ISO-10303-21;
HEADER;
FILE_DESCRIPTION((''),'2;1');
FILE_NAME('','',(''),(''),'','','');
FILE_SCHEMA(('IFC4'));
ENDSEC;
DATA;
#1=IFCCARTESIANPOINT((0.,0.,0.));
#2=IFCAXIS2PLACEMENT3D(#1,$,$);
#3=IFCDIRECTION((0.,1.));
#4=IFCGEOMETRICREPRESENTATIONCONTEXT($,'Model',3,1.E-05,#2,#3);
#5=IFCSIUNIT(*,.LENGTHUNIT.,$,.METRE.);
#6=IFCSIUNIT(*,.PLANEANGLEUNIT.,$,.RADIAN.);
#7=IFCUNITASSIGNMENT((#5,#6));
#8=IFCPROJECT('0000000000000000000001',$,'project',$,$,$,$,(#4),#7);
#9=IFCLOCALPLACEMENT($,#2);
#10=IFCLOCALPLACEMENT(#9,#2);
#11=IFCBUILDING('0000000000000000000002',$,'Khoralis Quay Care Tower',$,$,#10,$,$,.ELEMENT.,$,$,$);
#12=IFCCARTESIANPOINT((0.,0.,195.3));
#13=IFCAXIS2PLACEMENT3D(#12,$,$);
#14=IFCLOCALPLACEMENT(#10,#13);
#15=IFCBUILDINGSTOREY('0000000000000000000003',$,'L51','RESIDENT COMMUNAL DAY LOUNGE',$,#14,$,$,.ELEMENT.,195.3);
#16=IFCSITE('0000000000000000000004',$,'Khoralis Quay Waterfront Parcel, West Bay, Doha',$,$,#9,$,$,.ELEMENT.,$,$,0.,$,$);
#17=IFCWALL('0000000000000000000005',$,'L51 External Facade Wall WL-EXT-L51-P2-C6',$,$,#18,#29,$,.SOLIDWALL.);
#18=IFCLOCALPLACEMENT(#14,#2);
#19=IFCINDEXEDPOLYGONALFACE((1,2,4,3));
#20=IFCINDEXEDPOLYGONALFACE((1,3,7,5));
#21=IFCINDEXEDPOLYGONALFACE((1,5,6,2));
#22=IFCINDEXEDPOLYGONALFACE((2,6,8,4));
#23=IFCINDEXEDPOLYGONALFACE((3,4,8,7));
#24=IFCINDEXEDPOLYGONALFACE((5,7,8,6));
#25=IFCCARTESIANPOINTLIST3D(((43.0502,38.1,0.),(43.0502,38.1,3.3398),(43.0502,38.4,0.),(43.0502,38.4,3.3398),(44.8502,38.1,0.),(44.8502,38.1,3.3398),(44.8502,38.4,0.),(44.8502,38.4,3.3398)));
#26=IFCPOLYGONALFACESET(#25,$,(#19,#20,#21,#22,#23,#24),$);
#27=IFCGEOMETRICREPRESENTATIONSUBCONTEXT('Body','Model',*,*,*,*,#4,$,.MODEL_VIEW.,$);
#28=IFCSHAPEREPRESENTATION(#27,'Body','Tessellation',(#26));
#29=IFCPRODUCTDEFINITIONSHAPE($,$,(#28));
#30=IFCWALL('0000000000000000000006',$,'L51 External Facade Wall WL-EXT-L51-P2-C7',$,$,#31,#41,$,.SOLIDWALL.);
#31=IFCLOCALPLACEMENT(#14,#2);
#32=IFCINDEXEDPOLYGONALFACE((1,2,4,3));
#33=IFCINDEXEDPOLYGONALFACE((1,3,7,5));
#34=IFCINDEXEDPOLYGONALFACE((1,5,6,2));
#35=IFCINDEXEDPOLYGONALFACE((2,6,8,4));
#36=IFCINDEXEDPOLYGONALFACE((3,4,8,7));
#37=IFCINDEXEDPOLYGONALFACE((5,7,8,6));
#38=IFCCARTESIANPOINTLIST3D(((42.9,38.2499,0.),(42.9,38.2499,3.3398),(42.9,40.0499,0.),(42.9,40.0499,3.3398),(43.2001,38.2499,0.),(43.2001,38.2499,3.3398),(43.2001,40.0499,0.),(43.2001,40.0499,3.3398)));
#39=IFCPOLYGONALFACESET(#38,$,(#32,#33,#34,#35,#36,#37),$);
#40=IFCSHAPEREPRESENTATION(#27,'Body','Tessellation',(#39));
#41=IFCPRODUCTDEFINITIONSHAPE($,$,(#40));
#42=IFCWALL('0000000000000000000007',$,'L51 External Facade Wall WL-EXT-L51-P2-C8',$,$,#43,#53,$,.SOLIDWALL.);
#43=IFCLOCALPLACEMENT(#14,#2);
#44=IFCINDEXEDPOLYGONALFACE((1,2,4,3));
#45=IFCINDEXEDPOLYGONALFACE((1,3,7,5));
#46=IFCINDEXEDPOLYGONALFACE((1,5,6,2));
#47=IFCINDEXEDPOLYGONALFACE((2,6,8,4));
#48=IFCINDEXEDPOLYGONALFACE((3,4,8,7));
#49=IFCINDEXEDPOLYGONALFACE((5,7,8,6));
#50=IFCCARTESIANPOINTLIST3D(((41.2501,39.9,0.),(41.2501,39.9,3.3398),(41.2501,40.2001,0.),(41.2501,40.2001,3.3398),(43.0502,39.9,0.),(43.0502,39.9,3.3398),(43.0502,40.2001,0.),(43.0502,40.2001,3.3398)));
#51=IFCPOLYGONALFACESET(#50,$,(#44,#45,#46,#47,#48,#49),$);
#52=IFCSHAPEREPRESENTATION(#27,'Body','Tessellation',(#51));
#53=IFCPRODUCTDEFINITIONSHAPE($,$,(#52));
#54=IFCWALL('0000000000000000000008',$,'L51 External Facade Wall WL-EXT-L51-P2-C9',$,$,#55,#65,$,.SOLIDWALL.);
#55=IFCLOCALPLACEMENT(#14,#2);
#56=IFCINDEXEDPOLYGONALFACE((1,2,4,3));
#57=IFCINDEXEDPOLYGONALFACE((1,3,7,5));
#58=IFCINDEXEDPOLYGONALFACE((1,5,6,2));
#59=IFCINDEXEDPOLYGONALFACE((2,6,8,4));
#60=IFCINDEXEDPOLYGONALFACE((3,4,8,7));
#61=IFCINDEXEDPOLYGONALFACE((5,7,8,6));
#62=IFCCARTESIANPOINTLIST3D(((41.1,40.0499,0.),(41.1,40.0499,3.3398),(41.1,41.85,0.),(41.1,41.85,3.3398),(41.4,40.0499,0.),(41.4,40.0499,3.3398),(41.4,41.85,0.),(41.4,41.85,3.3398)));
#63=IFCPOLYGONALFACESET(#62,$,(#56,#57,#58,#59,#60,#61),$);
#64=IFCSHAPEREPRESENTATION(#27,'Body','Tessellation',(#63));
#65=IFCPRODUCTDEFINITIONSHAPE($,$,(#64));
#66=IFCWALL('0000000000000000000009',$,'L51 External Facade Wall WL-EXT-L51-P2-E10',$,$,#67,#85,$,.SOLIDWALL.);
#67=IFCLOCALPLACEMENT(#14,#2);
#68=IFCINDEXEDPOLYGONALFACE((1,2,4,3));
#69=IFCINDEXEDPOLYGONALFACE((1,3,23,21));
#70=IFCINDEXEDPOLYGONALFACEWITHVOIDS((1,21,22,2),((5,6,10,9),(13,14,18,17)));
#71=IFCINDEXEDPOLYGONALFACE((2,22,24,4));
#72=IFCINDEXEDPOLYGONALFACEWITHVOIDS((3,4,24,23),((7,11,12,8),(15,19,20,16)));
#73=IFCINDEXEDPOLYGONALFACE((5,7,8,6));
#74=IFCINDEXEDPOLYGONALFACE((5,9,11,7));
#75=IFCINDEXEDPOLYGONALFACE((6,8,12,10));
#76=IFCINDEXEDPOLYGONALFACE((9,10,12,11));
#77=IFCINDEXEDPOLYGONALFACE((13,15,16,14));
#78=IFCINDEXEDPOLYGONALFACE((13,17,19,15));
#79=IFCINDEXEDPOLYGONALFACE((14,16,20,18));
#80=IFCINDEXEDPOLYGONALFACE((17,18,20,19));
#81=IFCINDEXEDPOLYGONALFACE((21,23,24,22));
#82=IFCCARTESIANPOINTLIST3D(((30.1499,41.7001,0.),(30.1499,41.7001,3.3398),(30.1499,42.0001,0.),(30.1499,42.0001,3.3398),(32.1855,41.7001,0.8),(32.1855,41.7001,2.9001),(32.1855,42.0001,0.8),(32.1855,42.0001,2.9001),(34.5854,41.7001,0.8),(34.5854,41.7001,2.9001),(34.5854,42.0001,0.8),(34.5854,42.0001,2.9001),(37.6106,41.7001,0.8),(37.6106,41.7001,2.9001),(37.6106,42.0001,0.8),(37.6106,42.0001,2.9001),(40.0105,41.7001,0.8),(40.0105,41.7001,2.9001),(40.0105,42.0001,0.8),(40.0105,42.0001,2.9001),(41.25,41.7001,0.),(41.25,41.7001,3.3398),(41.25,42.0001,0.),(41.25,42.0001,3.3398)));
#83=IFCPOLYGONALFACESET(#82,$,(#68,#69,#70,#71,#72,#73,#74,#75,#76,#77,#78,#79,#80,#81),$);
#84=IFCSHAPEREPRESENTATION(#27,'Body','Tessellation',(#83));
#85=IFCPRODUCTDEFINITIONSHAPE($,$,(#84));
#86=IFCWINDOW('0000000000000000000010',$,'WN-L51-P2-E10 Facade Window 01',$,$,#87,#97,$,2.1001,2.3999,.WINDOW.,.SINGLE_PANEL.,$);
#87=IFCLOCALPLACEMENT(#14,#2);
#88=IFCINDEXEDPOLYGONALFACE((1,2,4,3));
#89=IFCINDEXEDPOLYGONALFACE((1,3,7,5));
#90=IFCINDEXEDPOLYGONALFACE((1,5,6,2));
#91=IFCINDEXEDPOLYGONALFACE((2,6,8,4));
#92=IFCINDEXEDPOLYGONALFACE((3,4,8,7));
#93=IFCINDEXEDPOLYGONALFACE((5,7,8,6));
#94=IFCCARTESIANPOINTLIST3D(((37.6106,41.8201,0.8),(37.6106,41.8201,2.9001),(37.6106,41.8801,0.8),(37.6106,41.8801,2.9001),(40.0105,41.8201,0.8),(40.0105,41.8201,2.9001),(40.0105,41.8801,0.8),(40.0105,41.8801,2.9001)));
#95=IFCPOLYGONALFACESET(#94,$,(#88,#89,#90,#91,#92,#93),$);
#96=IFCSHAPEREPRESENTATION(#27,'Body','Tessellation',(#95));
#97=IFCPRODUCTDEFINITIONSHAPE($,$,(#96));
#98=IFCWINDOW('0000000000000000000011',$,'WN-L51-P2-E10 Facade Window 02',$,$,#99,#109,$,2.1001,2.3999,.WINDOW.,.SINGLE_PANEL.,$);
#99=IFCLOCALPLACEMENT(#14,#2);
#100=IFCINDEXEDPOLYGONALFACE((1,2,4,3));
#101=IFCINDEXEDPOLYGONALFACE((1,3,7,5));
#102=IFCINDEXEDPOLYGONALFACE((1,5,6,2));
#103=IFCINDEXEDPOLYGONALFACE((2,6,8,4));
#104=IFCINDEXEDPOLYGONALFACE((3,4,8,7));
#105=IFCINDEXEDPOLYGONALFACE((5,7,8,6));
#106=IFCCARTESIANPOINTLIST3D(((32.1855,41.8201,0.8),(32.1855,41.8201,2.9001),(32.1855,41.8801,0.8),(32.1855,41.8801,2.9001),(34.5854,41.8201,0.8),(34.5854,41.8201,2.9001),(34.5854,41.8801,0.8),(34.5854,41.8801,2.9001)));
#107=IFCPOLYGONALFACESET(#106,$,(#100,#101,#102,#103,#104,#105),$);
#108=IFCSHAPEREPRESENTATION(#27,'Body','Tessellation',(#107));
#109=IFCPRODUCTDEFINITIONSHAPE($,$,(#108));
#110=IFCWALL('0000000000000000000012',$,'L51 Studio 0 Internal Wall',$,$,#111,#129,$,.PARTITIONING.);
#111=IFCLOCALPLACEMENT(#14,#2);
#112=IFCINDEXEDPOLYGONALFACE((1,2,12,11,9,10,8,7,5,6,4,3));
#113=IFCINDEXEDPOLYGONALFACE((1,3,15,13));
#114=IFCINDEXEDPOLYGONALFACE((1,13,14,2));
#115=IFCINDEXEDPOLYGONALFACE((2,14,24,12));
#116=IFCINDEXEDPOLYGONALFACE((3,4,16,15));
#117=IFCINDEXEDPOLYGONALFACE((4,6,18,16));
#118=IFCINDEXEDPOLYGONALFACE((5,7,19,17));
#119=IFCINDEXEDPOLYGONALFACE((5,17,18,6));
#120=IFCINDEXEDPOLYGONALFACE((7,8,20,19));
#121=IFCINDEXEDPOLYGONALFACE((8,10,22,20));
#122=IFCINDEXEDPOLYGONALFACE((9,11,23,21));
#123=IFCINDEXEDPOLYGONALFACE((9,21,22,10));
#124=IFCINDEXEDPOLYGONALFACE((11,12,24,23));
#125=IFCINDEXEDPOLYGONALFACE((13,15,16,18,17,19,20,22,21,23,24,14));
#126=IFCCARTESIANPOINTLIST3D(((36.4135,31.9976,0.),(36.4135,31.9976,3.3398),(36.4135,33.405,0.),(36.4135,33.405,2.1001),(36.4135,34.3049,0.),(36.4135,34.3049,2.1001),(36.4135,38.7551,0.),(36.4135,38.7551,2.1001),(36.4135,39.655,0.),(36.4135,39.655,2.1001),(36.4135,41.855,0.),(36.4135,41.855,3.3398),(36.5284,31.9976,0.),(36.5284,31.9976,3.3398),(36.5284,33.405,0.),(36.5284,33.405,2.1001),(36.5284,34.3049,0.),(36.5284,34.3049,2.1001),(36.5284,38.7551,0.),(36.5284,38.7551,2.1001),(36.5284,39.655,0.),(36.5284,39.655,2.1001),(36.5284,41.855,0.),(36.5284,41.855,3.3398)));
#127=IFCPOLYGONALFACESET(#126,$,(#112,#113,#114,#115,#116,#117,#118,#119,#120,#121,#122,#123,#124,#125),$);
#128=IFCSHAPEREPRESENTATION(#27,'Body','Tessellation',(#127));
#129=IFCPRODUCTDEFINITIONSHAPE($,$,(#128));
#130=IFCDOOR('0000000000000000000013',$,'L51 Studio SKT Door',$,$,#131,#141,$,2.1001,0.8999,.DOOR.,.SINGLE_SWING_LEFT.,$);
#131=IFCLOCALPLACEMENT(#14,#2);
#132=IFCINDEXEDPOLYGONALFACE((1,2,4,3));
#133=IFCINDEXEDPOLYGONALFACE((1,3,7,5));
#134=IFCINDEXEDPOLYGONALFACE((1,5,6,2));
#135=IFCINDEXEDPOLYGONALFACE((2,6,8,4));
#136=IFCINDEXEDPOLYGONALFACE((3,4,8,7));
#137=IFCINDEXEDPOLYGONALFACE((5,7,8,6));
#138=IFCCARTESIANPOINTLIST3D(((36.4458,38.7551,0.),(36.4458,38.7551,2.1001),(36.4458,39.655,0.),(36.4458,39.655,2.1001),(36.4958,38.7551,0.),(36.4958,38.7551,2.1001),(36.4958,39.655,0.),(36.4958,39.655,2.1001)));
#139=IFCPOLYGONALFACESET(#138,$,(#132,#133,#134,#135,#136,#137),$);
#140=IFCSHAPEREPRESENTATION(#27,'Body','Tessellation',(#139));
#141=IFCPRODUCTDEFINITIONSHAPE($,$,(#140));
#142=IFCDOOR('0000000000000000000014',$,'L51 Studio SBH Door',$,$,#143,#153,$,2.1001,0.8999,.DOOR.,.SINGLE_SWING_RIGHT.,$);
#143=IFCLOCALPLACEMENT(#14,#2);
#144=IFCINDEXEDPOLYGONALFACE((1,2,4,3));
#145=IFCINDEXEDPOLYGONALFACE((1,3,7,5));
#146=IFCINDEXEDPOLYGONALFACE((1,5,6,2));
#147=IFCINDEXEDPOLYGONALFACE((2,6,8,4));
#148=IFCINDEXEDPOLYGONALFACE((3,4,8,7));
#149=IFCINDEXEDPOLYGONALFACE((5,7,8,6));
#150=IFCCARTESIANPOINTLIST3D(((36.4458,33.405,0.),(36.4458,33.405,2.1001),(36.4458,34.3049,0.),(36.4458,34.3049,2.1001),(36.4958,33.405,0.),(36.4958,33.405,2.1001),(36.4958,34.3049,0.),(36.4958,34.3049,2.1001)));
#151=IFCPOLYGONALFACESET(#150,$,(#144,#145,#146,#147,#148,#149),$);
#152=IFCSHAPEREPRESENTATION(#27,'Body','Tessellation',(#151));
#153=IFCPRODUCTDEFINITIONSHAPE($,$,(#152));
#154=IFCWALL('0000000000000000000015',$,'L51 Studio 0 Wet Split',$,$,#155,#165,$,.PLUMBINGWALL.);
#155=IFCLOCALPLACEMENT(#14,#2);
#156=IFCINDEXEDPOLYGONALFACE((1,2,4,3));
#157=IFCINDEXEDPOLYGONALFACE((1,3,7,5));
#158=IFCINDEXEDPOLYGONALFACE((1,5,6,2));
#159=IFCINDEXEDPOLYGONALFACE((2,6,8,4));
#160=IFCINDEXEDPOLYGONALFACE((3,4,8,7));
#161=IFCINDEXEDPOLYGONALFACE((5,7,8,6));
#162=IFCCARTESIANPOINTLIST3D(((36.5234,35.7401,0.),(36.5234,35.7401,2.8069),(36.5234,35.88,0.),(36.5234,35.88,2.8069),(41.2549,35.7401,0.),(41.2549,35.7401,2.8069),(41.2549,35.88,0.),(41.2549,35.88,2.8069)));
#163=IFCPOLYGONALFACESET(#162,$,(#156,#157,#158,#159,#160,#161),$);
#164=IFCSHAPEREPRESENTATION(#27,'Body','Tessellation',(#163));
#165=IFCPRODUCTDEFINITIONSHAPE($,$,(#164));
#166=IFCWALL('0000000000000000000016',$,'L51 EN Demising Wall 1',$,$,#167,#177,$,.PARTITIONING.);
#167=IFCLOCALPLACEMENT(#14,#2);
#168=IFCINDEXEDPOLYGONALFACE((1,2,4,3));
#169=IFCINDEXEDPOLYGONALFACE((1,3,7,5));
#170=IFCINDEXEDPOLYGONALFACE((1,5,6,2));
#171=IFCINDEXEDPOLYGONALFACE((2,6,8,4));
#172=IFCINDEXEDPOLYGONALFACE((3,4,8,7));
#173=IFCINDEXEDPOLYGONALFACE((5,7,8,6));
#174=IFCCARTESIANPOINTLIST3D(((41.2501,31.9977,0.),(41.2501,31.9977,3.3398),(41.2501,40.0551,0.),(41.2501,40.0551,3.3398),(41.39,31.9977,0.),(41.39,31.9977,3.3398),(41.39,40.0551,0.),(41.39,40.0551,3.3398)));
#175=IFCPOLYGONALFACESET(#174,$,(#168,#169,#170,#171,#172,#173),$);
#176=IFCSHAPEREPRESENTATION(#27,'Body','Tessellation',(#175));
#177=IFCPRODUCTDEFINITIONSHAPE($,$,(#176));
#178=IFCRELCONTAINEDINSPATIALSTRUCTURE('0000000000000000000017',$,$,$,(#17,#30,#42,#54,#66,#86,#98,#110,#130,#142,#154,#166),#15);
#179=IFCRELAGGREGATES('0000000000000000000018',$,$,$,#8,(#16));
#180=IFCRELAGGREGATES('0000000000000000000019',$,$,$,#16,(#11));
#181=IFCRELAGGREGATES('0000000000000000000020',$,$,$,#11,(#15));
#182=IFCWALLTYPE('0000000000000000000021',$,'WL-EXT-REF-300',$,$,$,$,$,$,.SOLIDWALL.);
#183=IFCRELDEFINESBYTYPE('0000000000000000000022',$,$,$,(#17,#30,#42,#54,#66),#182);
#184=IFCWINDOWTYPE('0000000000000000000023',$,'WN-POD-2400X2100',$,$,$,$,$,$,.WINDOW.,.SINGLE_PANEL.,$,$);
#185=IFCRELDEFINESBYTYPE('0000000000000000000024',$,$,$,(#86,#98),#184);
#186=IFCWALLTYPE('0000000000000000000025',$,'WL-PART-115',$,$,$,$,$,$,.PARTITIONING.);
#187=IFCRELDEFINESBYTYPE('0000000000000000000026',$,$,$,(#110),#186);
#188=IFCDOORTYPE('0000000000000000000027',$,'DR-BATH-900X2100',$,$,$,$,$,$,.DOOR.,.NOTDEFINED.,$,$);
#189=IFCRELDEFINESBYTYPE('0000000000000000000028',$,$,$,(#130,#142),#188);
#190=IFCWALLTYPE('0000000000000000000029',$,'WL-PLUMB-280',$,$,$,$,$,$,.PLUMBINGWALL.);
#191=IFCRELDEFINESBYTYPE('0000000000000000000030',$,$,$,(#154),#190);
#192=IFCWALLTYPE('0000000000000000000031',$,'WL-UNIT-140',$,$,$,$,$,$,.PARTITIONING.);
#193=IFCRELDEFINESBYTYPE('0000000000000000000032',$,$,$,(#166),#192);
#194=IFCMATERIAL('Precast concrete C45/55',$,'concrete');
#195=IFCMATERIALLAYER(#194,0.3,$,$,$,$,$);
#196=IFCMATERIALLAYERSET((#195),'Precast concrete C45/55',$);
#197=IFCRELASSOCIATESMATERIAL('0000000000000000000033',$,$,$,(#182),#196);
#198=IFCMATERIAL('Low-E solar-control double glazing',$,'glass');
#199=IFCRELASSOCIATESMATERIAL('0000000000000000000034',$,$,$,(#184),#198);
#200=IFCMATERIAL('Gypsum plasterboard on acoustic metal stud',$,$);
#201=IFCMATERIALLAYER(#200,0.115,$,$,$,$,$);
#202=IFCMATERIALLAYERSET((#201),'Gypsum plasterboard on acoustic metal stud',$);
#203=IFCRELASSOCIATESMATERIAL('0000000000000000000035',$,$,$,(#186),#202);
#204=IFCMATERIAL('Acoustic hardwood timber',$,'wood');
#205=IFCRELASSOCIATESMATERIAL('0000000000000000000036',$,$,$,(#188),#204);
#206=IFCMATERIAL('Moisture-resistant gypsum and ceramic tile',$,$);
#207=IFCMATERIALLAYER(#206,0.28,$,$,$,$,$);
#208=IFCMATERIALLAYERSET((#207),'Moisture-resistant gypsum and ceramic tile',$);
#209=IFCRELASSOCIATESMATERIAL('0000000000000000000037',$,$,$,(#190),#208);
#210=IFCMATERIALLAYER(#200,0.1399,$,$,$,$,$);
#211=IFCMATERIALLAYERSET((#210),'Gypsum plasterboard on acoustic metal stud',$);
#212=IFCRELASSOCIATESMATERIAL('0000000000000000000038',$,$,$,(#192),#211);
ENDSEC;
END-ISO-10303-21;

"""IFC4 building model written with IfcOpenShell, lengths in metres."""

from ifc_helpers import new_model, si_unit, direction, frame, frame_2d, origin, place, context, subcontext, project, spatial, rectangle, extrude, source, transform, mapped, material, layer, layer_set, type_object, element, fill, save


model = new_model("IFC4")

# Units and contexts
model_context = context("Model", 3, precision=1e-05, world=origin(), true_north=direction((0.0, 1.0)))
body_context = subcontext(model_context, "Body", "Model", "MODEL_VIEW")
ifc_project = project(units=[si_unit("LENGTHUNIT", "METRE"), si_unit("PLANEANGLEUNIT", "RADIAN")], contexts=[model_context])

# Site, building, storey
site_placement = place(None, origin())
site = spatial("IfcSite", under=ifc_project, at=site_placement, Name="Khoralis Quay Waterfront Parcel, West Bay, Doha", CompositionType="ELEMENT", RefElevation=0.0)
building_placement = place(site_placement, origin())
building = spatial("IfcBuilding", under=site, at=building_placement, Name="Khoralis Quay Care Tower", CompositionType="ELEMENT")
storey_placement = place(building_placement, frame((0.0, 0.0, 195.3)))
storey = spatial("IfcBuildingStorey", under=building, at=storey_placement, Name="L51", Description="RESIDENT COMMUNAL DAY LOUNGE", CompositionType="ELEMENT", Elevation=195.3)

# Shared definitions
ifc_material_1 = material(Name="Gypsum plasterboard on acoustic metal stud")

# Walls
ifc_material_2 = material(Name="Precast concrete C45/55", Category="concrete")
ifc_layer_1 = layer(ifc_material_2, 0.3)
ifc_layer_set_1 = layer_set([ifc_layer_1], Name="Precast concrete C45/55")
wall_type_1 = type_object("IfcWallType", Name="WL-EXT-REF-300", PredefinedType="SOLIDWALL", material=ifc_layer_set_1)
for number, where, z_axis, x_axis, name in (
    (1, (44.8501, 38.25, 0.0), (0.0, 0.0, 1.0), (-1.0, 0.0, 0.0), "L51 External Facade Wall WL-EXT-L51-P2-C6"),
    (2, (43.05, 38.25, 0.0), (0.0, 0.0, 1.0), (0.0, 1.0, 0.0), "L51 External Facade Wall WL-EXT-L51-P2-C7"),
    (3, (43.05, 40.05, 0.0), (0.0, 0.0, 1.0), (-1.0, 0.0, 0.0), "L51 External Facade Wall WL-EXT-L51-P2-C8"),
    (4, (41.25, 40.05, 0.0), (0.0, 0.0, 1.0), (0.0, 1.0, 0.0), "L51 External Facade Wall WL-EXT-L51-P2-C9"),
):
    element("IfcWall", number, at=place(storey_placement, frame(where, z_axis=z_axis, x_axis=x_axis)), inside=storey, type_object=wall_type_1, Name=name, PredefinedType="SOLIDWALL", context=body_context, shape_type="SweptSolid", body=[
        extrude(rectangle(XDim=1.8, YDim=0.3, at=frame_2d((0.8999, 0.0))), origin(), (0.0, 0.0, 1.0), 3.3398),
    ])

# Wall, openings, windows
wall_1_placement = place(storey_placement, frame((41.25, 41.8501, 0.0), z_axis=(0.0, 0.0, 1.0), x_axis=(-1.0, 0.0, 0.0)))
wall_1 = element("IfcWall", 5, at=wall_1_placement, inside=storey, type_object=wall_type_1, Name="L51 External Facade Wall WL-EXT-L51-P2-E10", PredefinedType="SOLIDWALL", context=body_context, shape_type="SweptSolid", body=[
    extrude(rectangle(XDim=11.1001, YDim=0.3, at=frame_2d((5.55, 0.0))), origin(), (0.0, 0.0, 1.0), 3.3398),
])
opening_1_placement = place(wall_1_placement, frame((1.2395, 0.0, 0.8)))
opening_1 = element("IfcOpeningElement", 6, at=opening_1_placement, cuts=wall_1, PredefinedType="OPENING", context=body_context, shape_type="SweptSolid", body=[
    extrude(rectangle(XDim=2.3999, YDim=2.1001, at=frame_2d((1.2, 1.05))), frame((0.0, 0.1602, 0.0), z_axis=(0.0, -1.0, 0.0), x_axis=(1.0, 0.0, 0.0)), (0.0, 0.0, 1.0), 0.3201),
])
opening_2_placement = place(wall_1_placement, frame((6.6646, 0.0, 0.8)))
opening_2 = element("IfcOpeningElement", 7, at=opening_2_placement, cuts=wall_1, PredefinedType="OPENING", context=body_context, shape_type="SweptSolid", body=[
    extrude(rectangle(XDim=2.3999, YDim=2.1001, at=frame_2d((1.2, 1.05))), frame((0.0, 0.1602, 0.0), z_axis=(0.0, -1.0, 0.0), x_axis=(1.0, 0.0, 0.0)), (0.0, 0.0, 1.0), 0.3201),
])
ifc_material_3 = material(Name="Low-E solar-control double glazing", Category="glass")
window_type = type_object("IfcWindowType", Name="WN-POD-2400X2100", PartitioningType="SINGLE_PANEL", PredefinedType="WINDOW", material=ifc_material_3)
shared_shape_1 = source(origin(), body_context, "Body", "SweptSolid", [
    extrude(rectangle(XDim=2.3999, YDim=2.1001, at=frame_2d((1.2, 1.05))), frame((0.0, 0.03, 0.0), z_axis=(0.0, -1.0, 0.0), x_axis=(1.0, 0.0, 0.0)), (0.0, 0.0, 1.0), 0.0601),
])
window_1_placement = place(opening_1_placement, origin())
window_1 = element("IfcWindow", 8, at=window_1_placement, inside=storey, type_object=window_type, Name="WN-L51-P2-E10 Facade Window 01", OverallHeight=2.1001, OverallWidth=2.3999, PartitioningType="SINGLE_PANEL", PredefinedType="WINDOW", context=body_context, shape_type="MappedRepresentation", body=[
    mapped(shared_shape_1, transform((0.0, 0.0, 0.0), scale=1.0)),
])
fill(opening_1, window_1)
window_2_placement = place(opening_2_placement, origin())
window_2 = element("IfcWindow", 9, at=window_2_placement, inside=storey, type_object=window_type, Name="WN-L51-P2-E10 Facade Window 02", OverallHeight=2.1001, OverallWidth=2.3999, PartitioningType="SINGLE_PANEL", PredefinedType="WINDOW", context=body_context, shape_type="MappedRepresentation", body=[
    mapped(shared_shape_1, transform((0.0, 0.0, 0.0), scale=1.0)),
])
fill(opening_2, window_2)

# Wall, openings, doors
ifc_layer_2 = layer(ifc_material_1, 0.115)
ifc_layer_set_2 = layer_set([ifc_layer_2], Name="Gypsum plasterboard on acoustic metal stud")
wall_type_2 = type_object("IfcWallType", Name="WL-PART-115", PredefinedType="PARTITIONING", material=ifc_layer_set_2)
wall_2_placement = place(storey_placement, frame((36.4709, 31.9976, 0.0), z_axis=(0.0, 0.0, 1.0), x_axis=(0.0, 1.0, 0.0)))
wall_2 = element("IfcWall", 10, at=wall_2_placement, inside=storey, type_object=wall_type_2, Name="L51 Studio 0 Internal Wall", PredefinedType="PARTITIONING", context=body_context, shape_type="SweptSolid", body=[
    extrude(rectangle(XDim=9.8574, YDim=0.115, at=frame_2d((4.9287, 0.0))), origin(), (0.0, 0.0, 1.0), 3.3398),
])
opening_3_placement = place(wall_2_placement, frame((6.7576, 0.0, 0.0)))
opening_3 = element("IfcOpeningElement", 11, at=opening_3_placement, cuts=wall_2, PredefinedType="OPENING", context=body_context, shape_type="SweptSolid", body=[
    extrude(rectangle(XDim=0.8999, YDim=2.1001, at=frame_2d((0.45, 1.05))), frame((0.0, 0.0674, 0.0), z_axis=(0.0, -1.0, 0.0), x_axis=(1.0, 0.0, 0.0)), (0.0, 0.0, 1.0), 0.135),
])
opening_4_placement = place(wall_2_placement, frame((1.4075, 0.0, 0.0)))
opening_4 = element("IfcOpeningElement", 12, at=opening_4_placement, cuts=wall_2, PredefinedType="OPENING", context=body_context, shape_type="SweptSolid", body=[
    extrude(rectangle(XDim=0.8999, YDim=2.1001, at=frame_2d((0.45, 1.05))), frame((0.0, 0.0674, 0.0), z_axis=(0.0, -1.0, 0.0), x_axis=(1.0, 0.0, 0.0)), (0.0, 0.0, 1.0), 0.135),
])
ifc_material_4 = material(Name="Acoustic hardwood timber", Category="wood")
door_type_1 = type_object("IfcDoorType", Name="DR-BATH-900X2100", OperationType="NOTDEFINED", PredefinedType="DOOR", material=ifc_material_4)
shared_shape_2 = source(origin(), body_context, "Body", "SweptSolid", [
    extrude(rectangle(XDim=0.8999, YDim=2.1001, at=frame_2d((0.45, 1.05))), frame((0.0, 0.0249, 0.0), z_axis=(0.0, -1.0, 0.0), x_axis=(1.0, 0.0, 0.0)), (0.0, 0.0, 1.0), 0.05),
])
door_1_placement = place(opening_3_placement, frame((0.8999, 0.0, 0.0), z_axis=(0.0, 0.0, 1.0), x_axis=(-1.0, 0.0, 0.0)))
door_1 = element("IfcDoor", 13, at=door_1_placement, inside=storey, type_object=door_type_1, Name="L51 Studio SKT Door", OperationType="SINGLE_SWING_LEFT", OverallHeight=2.1001, OverallWidth=0.8999, PredefinedType="DOOR", context=body_context, shape_type="MappedRepresentation", body=[
    mapped(shared_shape_2, transform((0.0, 0.0, 0.0), scale=1.0)),
])
fill(opening_3, door_1)
door_2_placement = place(opening_4_placement, frame((0.8999, 0.0, 0.0), z_axis=(0.0, 0.0, 1.0), x_axis=(-1.0, 0.0, 0.0)))
door_2 = element("IfcDoor", 14, at=door_2_placement, inside=storey, type_object=door_type_1, Name="L51 Studio SBH Door", OperationType="SINGLE_SWING_RIGHT", OverallHeight=2.1001, OverallWidth=0.8999, PredefinedType="DOOR", context=body_context, shape_type="MappedRepresentation", body=[
    mapped(shared_shape_2, transform((0.0, 0.0, 0.0), scale=1.0)),
])
fill(opening_4, door_2)

# Walls
ifc_material_5 = material(Name="Moisture-resistant gypsum and ceramic tile")
ifc_layer_3 = layer(ifc_material_5, 0.28)
ifc_layer_set_3 = layer_set([ifc_layer_3], Name="Moisture-resistant gypsum and ceramic tile")
wall_type_3 = type_object("IfcWallType", Name="WL-PLUMB-280", PredefinedType="PLUMBINGWALL", material=ifc_layer_set_3)
wall_3_placement = place(storey_placement, frame((36.5234, 35.8101, 0.0), z_axis=(0.0, 0.0, 1.0), x_axis=(1.0, 0.0, 0.0)))
element("IfcWall", 15, at=wall_3_placement, inside=storey, type_object=wall_type_3, Name="L51 Studio 0 Wet Split", PredefinedType="PLUMBINGWALL", context=body_context, shape_type="SweptSolid", body=[
    extrude(rectangle(XDim=4.7314, YDim=0.1399, at=frame_2d((2.3657, 0.0))), origin(), (0.0, 0.0, 1.0), 2.8069),
])
ifc_layer_4 = layer(ifc_material_1, 0.1399)
ifc_layer_set_4 = layer_set([ifc_layer_4], Name="Gypsum plasterboard on acoustic metal stud")
wall_type_4 = type_object("IfcWallType", Name="WL-UNIT-140", PredefinedType="PARTITIONING", material=ifc_layer_set_4)
wall_4_placement = place(storey_placement, frame((41.3201, 31.9976, 0.0), z_axis=(0.0, 0.0, 1.0), x_axis=(0.0, 1.0, 0.0)))
element("IfcWall", 16, at=wall_4_placement, inside=storey, type_object=wall_type_4, Name="L51 EN Demising Wall 1", PredefinedType="PARTITIONING", context=body_context, shape_type="SweptSolid", body=[
    extrude(rectangle(XDim=8.0574, YDim=0.1399, at=frame_2d((4.0288, 0.0))), origin(), (0.0, 0.0, 1.0), 3.3398),
])

save(model, "model.ifc")
